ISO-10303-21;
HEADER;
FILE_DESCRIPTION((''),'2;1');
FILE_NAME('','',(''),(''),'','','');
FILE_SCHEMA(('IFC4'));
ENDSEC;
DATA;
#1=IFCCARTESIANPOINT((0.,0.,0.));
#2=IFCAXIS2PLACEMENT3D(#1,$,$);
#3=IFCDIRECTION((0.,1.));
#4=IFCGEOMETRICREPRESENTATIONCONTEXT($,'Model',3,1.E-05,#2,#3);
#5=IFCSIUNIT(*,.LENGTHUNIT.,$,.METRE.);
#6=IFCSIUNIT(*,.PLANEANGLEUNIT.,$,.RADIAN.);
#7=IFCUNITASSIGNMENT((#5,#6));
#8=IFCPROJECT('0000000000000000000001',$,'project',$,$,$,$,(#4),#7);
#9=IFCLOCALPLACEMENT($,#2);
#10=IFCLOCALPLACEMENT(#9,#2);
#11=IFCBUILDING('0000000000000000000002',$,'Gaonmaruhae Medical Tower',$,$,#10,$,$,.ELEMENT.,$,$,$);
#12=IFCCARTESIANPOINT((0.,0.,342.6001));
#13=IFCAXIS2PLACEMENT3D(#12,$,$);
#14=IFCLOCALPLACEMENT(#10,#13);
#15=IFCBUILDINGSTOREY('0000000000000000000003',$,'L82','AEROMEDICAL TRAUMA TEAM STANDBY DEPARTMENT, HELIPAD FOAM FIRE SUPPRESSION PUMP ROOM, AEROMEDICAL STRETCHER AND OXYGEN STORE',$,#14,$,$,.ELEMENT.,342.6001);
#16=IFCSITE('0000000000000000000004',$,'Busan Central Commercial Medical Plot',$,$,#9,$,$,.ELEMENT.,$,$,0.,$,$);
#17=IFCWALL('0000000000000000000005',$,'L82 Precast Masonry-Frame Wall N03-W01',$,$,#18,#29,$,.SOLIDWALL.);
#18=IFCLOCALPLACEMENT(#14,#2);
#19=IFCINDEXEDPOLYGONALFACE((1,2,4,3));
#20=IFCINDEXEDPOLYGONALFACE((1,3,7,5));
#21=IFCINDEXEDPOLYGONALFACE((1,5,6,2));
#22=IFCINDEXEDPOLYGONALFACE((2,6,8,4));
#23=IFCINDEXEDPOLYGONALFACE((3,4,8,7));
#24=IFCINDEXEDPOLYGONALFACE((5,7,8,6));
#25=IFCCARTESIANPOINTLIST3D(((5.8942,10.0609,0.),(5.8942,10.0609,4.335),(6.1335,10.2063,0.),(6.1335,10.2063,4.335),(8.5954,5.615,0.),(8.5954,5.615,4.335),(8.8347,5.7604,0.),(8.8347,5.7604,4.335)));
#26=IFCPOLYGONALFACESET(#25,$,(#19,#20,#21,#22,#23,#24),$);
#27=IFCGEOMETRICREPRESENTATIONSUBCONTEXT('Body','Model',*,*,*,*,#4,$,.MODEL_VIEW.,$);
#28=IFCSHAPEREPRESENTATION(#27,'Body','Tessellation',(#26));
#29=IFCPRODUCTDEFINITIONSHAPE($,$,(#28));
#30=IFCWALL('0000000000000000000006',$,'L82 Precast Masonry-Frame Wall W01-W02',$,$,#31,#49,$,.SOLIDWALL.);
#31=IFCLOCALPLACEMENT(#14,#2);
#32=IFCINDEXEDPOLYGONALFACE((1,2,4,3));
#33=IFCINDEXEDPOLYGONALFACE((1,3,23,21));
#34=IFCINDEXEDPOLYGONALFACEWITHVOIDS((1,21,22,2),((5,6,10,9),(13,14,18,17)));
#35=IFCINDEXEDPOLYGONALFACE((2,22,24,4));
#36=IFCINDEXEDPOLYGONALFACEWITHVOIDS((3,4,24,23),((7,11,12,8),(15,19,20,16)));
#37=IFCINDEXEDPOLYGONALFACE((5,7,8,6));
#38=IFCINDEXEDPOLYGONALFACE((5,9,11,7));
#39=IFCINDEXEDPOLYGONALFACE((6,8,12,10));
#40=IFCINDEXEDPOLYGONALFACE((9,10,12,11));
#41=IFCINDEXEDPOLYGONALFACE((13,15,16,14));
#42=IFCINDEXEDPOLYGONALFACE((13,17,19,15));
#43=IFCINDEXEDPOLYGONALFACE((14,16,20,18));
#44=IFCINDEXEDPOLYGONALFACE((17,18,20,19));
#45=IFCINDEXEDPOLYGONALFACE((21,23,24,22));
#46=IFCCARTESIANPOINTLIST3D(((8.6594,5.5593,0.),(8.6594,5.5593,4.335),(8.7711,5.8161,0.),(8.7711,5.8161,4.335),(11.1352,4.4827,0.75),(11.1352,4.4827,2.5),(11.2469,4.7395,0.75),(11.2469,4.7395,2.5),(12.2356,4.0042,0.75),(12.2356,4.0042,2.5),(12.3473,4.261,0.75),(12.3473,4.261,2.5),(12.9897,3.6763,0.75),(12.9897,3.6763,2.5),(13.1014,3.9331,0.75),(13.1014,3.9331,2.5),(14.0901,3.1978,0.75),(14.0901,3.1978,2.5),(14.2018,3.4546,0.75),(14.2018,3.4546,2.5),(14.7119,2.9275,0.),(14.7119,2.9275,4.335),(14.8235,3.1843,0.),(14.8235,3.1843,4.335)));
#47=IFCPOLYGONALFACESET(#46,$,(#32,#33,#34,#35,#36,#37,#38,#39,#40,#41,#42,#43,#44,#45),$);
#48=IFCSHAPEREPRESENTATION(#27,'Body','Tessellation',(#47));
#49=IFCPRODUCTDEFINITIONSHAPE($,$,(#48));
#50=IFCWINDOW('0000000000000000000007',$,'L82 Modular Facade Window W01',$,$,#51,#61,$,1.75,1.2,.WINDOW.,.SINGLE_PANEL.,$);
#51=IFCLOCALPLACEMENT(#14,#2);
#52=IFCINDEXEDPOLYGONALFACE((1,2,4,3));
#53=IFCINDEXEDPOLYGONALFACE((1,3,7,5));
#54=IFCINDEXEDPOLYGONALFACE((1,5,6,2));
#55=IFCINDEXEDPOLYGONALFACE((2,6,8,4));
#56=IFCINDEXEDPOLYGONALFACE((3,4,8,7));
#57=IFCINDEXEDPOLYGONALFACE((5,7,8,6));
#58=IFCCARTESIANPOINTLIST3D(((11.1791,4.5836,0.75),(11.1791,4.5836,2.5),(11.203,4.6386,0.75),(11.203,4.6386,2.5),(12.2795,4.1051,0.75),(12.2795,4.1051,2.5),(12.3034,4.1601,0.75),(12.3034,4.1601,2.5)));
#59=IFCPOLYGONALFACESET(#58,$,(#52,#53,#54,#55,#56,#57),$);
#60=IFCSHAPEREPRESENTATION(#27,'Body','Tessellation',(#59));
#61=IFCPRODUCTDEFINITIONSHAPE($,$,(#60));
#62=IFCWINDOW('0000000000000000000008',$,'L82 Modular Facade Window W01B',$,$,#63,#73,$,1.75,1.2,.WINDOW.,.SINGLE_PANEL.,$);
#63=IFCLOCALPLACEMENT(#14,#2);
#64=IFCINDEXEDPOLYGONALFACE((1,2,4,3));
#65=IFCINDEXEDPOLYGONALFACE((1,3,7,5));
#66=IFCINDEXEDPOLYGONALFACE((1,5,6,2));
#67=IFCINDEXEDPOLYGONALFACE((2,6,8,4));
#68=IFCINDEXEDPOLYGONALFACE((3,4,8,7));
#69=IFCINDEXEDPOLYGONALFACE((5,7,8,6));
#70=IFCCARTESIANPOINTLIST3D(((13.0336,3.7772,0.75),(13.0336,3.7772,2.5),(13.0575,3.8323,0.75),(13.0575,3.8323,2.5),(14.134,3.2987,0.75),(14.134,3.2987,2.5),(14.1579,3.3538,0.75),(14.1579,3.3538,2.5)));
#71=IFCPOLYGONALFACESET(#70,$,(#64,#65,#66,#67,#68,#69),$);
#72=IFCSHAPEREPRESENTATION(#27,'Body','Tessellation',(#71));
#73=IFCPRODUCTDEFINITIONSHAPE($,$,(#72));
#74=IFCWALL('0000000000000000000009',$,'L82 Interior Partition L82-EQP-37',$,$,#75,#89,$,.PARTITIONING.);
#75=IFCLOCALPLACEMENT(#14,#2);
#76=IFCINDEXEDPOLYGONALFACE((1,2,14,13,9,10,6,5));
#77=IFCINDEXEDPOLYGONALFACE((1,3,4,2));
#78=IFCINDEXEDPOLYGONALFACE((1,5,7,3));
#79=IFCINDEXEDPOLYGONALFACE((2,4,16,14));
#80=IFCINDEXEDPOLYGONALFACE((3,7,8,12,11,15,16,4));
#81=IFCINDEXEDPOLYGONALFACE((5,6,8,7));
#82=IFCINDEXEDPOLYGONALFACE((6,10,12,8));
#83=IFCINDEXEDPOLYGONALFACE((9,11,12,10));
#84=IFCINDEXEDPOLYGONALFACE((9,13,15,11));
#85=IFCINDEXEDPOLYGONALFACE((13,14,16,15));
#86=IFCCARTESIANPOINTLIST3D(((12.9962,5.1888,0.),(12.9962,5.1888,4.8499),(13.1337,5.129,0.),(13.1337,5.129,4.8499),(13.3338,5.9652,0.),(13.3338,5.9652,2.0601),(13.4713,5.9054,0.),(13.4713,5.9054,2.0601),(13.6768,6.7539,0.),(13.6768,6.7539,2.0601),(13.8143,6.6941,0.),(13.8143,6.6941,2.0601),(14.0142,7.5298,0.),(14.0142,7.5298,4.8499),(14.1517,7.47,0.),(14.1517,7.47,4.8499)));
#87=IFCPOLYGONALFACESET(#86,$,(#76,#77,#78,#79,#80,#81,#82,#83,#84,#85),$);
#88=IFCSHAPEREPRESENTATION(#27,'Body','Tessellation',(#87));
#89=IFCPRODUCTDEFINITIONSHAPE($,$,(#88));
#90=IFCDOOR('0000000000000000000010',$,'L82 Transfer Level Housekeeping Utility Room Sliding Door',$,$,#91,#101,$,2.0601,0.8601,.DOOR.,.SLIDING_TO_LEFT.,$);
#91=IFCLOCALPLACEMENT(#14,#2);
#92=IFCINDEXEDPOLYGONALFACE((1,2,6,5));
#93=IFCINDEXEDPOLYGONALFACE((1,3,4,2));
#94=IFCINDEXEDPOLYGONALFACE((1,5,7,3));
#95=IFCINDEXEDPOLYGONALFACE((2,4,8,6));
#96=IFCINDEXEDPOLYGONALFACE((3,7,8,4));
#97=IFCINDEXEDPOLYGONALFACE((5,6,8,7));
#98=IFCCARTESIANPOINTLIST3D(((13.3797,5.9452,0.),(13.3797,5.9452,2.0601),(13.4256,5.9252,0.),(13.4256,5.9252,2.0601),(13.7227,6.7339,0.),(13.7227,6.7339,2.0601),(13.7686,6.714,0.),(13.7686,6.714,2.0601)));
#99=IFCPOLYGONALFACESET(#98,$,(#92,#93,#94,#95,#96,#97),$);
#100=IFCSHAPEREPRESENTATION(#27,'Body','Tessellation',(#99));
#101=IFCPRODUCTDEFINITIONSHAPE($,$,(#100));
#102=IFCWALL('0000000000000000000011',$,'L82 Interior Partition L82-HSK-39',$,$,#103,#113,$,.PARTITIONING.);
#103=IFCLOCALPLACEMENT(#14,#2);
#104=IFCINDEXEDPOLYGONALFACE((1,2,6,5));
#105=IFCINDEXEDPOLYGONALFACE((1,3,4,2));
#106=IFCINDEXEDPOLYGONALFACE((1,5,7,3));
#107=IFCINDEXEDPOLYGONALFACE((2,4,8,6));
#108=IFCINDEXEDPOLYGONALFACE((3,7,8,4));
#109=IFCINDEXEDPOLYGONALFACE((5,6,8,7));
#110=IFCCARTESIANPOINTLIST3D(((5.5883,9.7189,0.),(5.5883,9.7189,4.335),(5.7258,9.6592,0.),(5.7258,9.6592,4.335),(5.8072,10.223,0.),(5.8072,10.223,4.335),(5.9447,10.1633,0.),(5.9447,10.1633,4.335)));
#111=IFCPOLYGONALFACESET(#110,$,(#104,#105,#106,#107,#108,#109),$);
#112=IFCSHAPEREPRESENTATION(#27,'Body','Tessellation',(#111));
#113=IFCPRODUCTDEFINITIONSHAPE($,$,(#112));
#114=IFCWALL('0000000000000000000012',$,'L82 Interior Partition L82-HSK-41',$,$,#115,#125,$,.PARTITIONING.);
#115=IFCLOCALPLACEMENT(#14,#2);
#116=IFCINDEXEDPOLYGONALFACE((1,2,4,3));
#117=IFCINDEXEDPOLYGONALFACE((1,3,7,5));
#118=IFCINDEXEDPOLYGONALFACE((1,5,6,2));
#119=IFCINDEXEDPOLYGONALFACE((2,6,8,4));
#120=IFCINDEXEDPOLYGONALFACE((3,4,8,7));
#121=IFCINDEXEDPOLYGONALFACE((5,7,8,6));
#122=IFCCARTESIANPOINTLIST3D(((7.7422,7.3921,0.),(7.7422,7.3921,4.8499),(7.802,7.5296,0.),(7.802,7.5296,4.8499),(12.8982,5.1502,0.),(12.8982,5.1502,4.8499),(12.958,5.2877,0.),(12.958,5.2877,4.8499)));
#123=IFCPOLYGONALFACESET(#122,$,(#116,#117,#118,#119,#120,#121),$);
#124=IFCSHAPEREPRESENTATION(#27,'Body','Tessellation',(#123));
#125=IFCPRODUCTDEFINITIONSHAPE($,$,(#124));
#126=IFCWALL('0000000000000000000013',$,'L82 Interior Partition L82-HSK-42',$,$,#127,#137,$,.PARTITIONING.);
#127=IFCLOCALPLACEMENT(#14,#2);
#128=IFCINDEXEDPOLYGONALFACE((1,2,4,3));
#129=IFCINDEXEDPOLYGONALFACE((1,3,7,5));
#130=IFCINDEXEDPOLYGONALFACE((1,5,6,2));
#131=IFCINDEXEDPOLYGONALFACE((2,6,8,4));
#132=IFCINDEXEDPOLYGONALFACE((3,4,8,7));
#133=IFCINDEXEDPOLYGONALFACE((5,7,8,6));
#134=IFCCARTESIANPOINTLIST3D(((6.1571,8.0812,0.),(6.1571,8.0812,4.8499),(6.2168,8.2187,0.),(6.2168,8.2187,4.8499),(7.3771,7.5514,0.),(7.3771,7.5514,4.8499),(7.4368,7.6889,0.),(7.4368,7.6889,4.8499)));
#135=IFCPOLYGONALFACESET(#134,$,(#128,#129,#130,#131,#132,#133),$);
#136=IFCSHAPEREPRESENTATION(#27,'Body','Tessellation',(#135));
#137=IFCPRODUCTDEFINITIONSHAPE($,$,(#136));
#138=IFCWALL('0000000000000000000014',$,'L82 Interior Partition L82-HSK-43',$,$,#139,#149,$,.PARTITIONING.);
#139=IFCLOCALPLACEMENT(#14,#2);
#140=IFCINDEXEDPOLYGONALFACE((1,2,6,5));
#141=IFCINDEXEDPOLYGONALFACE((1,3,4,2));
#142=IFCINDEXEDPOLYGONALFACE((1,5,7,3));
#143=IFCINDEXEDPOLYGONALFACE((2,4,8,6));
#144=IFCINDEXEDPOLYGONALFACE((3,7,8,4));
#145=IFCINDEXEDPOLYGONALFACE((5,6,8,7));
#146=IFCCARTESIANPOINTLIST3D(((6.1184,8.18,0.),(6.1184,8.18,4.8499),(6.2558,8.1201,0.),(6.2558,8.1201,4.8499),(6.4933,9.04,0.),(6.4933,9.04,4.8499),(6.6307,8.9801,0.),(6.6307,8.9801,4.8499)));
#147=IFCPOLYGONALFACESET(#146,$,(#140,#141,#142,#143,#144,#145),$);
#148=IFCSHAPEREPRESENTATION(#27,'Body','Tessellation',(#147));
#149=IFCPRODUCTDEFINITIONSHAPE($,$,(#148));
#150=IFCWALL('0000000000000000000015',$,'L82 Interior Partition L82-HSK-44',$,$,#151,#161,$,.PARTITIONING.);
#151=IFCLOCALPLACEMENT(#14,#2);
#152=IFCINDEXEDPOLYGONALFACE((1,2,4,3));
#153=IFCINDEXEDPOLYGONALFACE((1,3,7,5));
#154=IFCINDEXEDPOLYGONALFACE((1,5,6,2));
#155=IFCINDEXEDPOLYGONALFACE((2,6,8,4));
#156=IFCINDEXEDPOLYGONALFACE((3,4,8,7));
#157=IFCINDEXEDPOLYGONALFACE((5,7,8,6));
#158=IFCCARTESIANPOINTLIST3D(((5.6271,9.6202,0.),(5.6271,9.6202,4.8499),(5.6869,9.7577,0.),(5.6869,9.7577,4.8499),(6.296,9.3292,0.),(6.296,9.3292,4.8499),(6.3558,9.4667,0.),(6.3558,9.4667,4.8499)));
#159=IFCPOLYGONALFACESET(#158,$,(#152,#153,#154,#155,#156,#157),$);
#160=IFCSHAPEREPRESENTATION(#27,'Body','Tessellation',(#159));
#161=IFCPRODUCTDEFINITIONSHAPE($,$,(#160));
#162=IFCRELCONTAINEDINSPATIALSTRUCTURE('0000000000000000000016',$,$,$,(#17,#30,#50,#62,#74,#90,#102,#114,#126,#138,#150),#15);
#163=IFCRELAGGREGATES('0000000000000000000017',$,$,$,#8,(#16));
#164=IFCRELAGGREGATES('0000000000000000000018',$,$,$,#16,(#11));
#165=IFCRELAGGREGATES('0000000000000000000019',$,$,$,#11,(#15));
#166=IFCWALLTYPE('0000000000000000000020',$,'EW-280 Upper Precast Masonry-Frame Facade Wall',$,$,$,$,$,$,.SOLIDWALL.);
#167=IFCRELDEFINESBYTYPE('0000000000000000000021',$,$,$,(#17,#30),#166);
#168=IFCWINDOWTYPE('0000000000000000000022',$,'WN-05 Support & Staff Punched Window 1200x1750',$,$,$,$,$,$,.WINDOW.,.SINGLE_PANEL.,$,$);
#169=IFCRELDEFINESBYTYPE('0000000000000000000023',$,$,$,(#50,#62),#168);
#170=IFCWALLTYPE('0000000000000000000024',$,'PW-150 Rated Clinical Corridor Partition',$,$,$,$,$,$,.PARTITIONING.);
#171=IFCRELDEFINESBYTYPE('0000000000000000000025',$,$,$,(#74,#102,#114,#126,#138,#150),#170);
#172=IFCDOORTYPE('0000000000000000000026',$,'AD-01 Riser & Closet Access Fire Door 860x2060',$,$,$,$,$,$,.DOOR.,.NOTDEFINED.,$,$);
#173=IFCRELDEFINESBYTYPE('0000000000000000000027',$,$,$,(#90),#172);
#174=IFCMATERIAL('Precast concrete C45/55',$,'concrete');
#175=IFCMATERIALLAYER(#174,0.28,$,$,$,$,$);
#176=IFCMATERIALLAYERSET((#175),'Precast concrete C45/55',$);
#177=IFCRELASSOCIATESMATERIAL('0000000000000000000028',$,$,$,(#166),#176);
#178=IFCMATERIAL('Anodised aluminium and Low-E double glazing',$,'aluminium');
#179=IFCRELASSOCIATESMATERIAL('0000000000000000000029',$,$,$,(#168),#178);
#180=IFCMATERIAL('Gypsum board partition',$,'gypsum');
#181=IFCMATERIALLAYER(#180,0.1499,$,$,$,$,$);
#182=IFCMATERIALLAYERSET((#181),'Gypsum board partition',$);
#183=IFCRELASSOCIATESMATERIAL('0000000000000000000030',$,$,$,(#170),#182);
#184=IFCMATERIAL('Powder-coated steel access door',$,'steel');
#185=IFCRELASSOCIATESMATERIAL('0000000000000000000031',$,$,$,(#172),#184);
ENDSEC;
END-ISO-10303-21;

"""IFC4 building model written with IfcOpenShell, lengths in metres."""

from ifc_helpers import new_model, si_unit, direction, frame, frame_2d, origin, place, context, subcontext, project, spatial, rectangle, extrude, material, layer, layer_set, type_object, element, fill, save


model = new_model("IFC4")

# Units and contexts
model_context = context("Model", 3, precision=1e-05, world=origin(), true_north=direction((0.0, 1.0)))
body_context = subcontext(model_context, "Body", "Model", "MODEL_VIEW")
ifc_project = project(units=[si_unit("LENGTHUNIT", "METRE"), si_unit("PLANEANGLEUNIT", "RADIAN")], contexts=[model_context])

# Site, building, storey
site_placement = place(None, origin())
site = spatial("IfcSite", under=ifc_project, at=site_placement, Name="Busan Central Commercial Medical Plot", CompositionType="ELEMENT", RefElevation=0.0)
building_placement = place(site_placement, origin())
building = spatial("IfcBuilding", under=site, at=building_placement, Name="Gaonmaruhae Medical Tower", CompositionType="ELEMENT")
storey_placement = place(building_placement, frame((0.0, 0.0, 342.6001)))
storey = spatial("IfcBuildingStorey", under=building, at=storey_placement, Name="L82", Description="AEROMEDICAL TRAUMA TEAM STANDBY DEPARTMENT, HELIPAD FOAM FIRE SUPPRESSION PUMP ROOM, AEROMEDICAL STRETCHER AND OXYGEN STORE", CompositionType="ELEMENT", Elevation=342.6001)

# Wall
ifc_material_1 = material(Name="Precast concrete C45/55", Category="concrete")
ifc_layer_1 = layer(ifc_material_1, 0.28)
ifc_layer_set_1 = layer_set([ifc_layer_1], Name="Precast concrete C45/55")
wall_type_1 = type_object("IfcWallType", Name="EW-280 Upper Precast Masonry-Frame Facade Wall", PredefinedType="SOLIDWALL", material=ifc_layer_set_1)
wall_1_placement = place(storey_placement, frame((8.7151, 5.6877, 0.0), z_axis=(0.0, 0.0, 1.0), x_axis=(-0.51925, 0.854622, 0.0)))
element("IfcWall", 1, at=wall_1_placement, inside=storey, type_object=wall_type_1, Name="L82 Precast Masonry-Frame Wall N03-W01", PredefinedType="SOLIDWALL", context=body_context, shape_type="SweptSolid", body=[
    extrude(rectangle(XDim=5.2021, YDim=0.28, at=frame_2d((2.6011, 0.0))), origin(), (0.0, 0.0, 1.0), 4.335),
])

# Wall, openings, windows
wall_2_placement = place(storey_placement, frame((14.7676, 3.0559, 0.0), z_axis=(0.0, 0.0, 1.0), x_axis=(-0.917052, 0.398767, 0.0)))
wall_2 = element("IfcWall", 2, at=wall_2_placement, inside=storey, type_object=wall_type_1, Name="L82 Precast Masonry-Frame Wall W01-W02", PredefinedType="SOLIDWALL", context=body_context, shape_type="SweptSolid", body=[
    extrude(rectangle(XDim=6.5999, YDim=0.28, at=frame_2d((3.2998, 0.0))), origin(), (0.0, 0.0, 1.0), 4.335),
])
opening_1_placement = place(wall_2_placement, frame((2.7, 0.0, 0.75)))
opening_1 = element("IfcOpeningElement", 3, at=opening_1_placement, cuts=wall_2, PredefinedType="OPENING", context=body_context, shape_type="SweptSolid", body=[
    extrude(rectangle(XDim=1.2, YDim=1.75, at=frame_2d((0.6001, 0.875))), frame((0.0, 0.1499, 0.0), z_axis=(0.0, -1.0, 0.0), x_axis=(1.0, 0.0, 0.0)), (0.0, 0.0, 1.0), 0.3),
])
opening_2_placement = place(wall_2_placement, frame((0.6777, 0.0, 0.75)))
opening_2 = element("IfcOpeningElement", 4, at=opening_2_placement, cuts=wall_2, PredefinedType="OPENING", context=body_context, shape_type="SweptSolid", body=[
    extrude(rectangle(XDim=1.2, YDim=1.75, at=frame_2d((0.6001, 0.875))), frame((0.0, 0.1499, 0.0), z_axis=(0.0, -1.0, 0.0), x_axis=(1.0, 0.0, 0.0)), (0.0, 0.0, 1.0), 0.3),
])
ifc_material_2 = material(Name="Anodised aluminium and Low-E double glazing", Category="aluminium")
window_type = type_object("IfcWindowType", Name="WN-05 Support & Staff Punched Window 1200x1750", PartitioningType="SINGLE_PANEL", PredefinedType="WINDOW", material=ifc_material_2)
window_1_placement = place(opening_1_placement, origin())
window_1 = element("IfcWindow", 5, at=window_1_placement, inside=storey, type_object=window_type, Name="L82 Modular Facade Window W01", OverallHeight=1.75, OverallWidth=1.2, PartitioningType="SINGLE_PANEL", PredefinedType="WINDOW", context=body_context, shape_type="SweptSolid", body=[
    extrude(rectangle(XDim=1.2, YDim=1.75, at=frame_2d((0.6001, 0.875))), frame((0.0, 0.03, 0.0), z_axis=(0.0, -1.0, 0.0), x_axis=(1.0, 0.0, 0.0)), (0.0, 0.0, 1.0), 0.0601),
])
fill(opening_1, window_1)
window_2_placement = place(opening_2_placement, origin())
window_2 = element("IfcWindow", 6, at=window_2_placement, inside=storey, type_object=window_type, Name="L82 Modular Facade Window W01B", OverallHeight=1.75, OverallWidth=1.2, PartitioningType="SINGLE_PANEL", PredefinedType="WINDOW", context=body_context, shape_type="SweptSolid", body=[
    extrude(rectangle(XDim=1.2, YDim=1.75, at=frame_2d((0.6001, 0.875))), frame((0.0, 0.03, 0.0), z_axis=(0.0, -1.0, 0.0), x_axis=(1.0, 0.0, 0.0)), (0.0, 0.0, 1.0), 0.0601),
])
fill(opening_2, window_2)

# Wall, opening, door
ifc_material_3 = material(Name="Gypsum board partition", Category="gypsum")
ifc_layer_2 = layer(ifc_material_3, 0.1499)
ifc_layer_set_2 = layer_set([ifc_layer_2], Name="Gypsum board partition")
wall_type_2 = type_object("IfcWallType", Name="PW-150 Rated Clinical Corridor Partition", PredefinedType="PARTITIONING", material=ifc_layer_set_2)
wall_3_placement = place(storey_placement, frame((13.0649, 5.1589, 0.0), z_axis=(0.0, 0.0, 1.0), x_axis=(0.398796, 0.91704, 0.0)))
wall_3 = element("IfcWall", 7, at=wall_3_placement, inside=storey, type_object=wall_type_2, Name="L82 Interior Partition L82-EQP-37", PredefinedType="PARTITIONING", context=body_context, shape_type="SweptSolid", body=[
    extrude(rectangle(XDim=2.5527, YDim=0.1499, at=frame_2d((1.2764, 0.0))), origin(), (0.0, 0.0, 1.0), 4.8499),
])
opening_3_placement = place(wall_3_placement, frame((0.8464, 0.0, 0.0)))
opening_3 = element("IfcOpeningElement", 8, at=opening_3_placement, cuts=wall_3, PredefinedType="OPENING", context=body_context, shape_type="SweptSolid", body=[
    extrude(rectangle(XDim=0.8601, YDim=2.0601, at=frame_2d((0.4302, 1.03))), frame((0.0, 0.085, 0.0), z_axis=(0.0, -1.0, 0.0), x_axis=(1.0, 0.0, 0.0)), (0.0, 0.0, 1.0), 0.1699),
])
ifc_material_4 = material(Name="Powder-coated steel access door", Category="steel")
door_type = type_object("IfcDoorType", Name="AD-01 Riser & Closet Access Fire Door 860x2060", OperationType="NOTDEFINED", PredefinedType="DOOR", material=ifc_material_4)
door_placement = place(opening_3_placement, origin())
door = element("IfcDoor", 9, at=door_placement, inside=storey, type_object=door_type, Name="L82 Transfer Level Housekeeping Utility Room Sliding Door", OperationType="SLIDING_TO_LEFT", OverallHeight=2.0601, OverallWidth=0.8601, PredefinedType="DOOR", context=body_context, shape_type="SweptSolid", body=[
    extrude(rectangle(XDim=0.8601, YDim=2.0601, at=frame_2d((0.4302, 1.03))), frame((0.0, 0.0249, 0.0), z_axis=(0.0, -1.0, 0.0), x_axis=(1.0, 0.0, 0.0)), (0.0, 0.0, 1.0), 0.05),
])
fill(opening_3, door)

# Walls
wall_4_placement = place(storey_placement, frame((5.657, 9.689, 0.0), z_axis=(0.0, 0.0, 1.0), x_axis=(0.398418, 0.917204, 0.0)))
element("IfcWall", 10, at=wall_4_placement, inside=storey, type_object=wall_type_2, Name="L82 Interior Partition L82-HSK-39", PredefinedType="PARTITIONING", context=body_context, shape_type="SweptSolid", body=[
    extrude(rectangle(XDim=0.5496, YDim=0.1499, at=frame_2d((0.2749, 0.0))), origin(), (0.0, 0.0, 1.0), 4.335),
])
wall_5_placement = place(storey_placement, frame((12.928, 5.219, 0.0), z_axis=(0.0, 0.0, 1.0), x_axis=(-0.917057, 0.398756, 0.0)))
element("IfcWall", 11, at=wall_5_placement, inside=storey, type_object=wall_type_2, Name="L82 Interior Partition L82-HSK-41", PredefinedType="PARTITIONING", context=body_context, shape_type="SweptSolid", body=[
    extrude(rectangle(XDim=5.6223, YDim=0.1499, at=frame_2d((2.811, 0.0))), origin(), (0.0, 0.0, 1.0), 4.8499),
])
wall_6_placement = place(storey_placement, frame((7.407, 7.6201, 0.0), z_axis=(0.0, 0.0, 1.0), x_axis=(-0.917245, 0.398323, 0.0)))
element("IfcWall", 12, at=wall_6_placement, inside=storey, type_object=wall_type_2, Name="L82 Interior Partition L82-HSK-42", PredefinedType="PARTITIONING", context=body_context, shape_type="SweptSolid", body=[
    extrude(rectangle(XDim=1.3301, YDim=0.1499, at=frame_2d((0.665, 0.0))), origin(), (0.0, 0.0, 1.0), 4.8499),
])
wall_7_placement = place(storey_placement, frame((6.187, 8.1499, 0.0), z_axis=(0.0, 0.0, 1.0), x_axis=(0.399658, 0.916664, 0.0)))
element("IfcWall", 13, at=wall_7_placement, inside=storey, type_object=wall_type_2, Name="L82 Interior Partition L82-HSK-43", PredefinedType="PARTITIONING", context=body_context, shape_type="SweptSolid", body=[
    extrude(rectangle(XDim=0.9382, YDim=0.1499, at=frame_2d((0.4692, 0.0))), origin(), (0.0, 0.0, 1.0), 4.8499),
])
wall_8_placement = place(storey_placement, frame((6.3259, 9.3979, 0.0), z_axis=(0.0, 0.0, 1.0), x_axis=(-0.916985, 0.398922, 0.0)))
element("IfcWall", 14, at=wall_8_placement, inside=storey, type_object=wall_type_2, Name="L82 Interior Partition L82-HSK-44", PredefinedType="PARTITIONING", context=body_context, shape_type="SweptSolid", body=[
    extrude(rectangle(XDim=0.7295, YDim=0.1499, at=frame_2d((0.3647, 0.0))), origin(), (0.0, 0.0, 1.0), 4.8499),
])

save(model, "model.ifc")
